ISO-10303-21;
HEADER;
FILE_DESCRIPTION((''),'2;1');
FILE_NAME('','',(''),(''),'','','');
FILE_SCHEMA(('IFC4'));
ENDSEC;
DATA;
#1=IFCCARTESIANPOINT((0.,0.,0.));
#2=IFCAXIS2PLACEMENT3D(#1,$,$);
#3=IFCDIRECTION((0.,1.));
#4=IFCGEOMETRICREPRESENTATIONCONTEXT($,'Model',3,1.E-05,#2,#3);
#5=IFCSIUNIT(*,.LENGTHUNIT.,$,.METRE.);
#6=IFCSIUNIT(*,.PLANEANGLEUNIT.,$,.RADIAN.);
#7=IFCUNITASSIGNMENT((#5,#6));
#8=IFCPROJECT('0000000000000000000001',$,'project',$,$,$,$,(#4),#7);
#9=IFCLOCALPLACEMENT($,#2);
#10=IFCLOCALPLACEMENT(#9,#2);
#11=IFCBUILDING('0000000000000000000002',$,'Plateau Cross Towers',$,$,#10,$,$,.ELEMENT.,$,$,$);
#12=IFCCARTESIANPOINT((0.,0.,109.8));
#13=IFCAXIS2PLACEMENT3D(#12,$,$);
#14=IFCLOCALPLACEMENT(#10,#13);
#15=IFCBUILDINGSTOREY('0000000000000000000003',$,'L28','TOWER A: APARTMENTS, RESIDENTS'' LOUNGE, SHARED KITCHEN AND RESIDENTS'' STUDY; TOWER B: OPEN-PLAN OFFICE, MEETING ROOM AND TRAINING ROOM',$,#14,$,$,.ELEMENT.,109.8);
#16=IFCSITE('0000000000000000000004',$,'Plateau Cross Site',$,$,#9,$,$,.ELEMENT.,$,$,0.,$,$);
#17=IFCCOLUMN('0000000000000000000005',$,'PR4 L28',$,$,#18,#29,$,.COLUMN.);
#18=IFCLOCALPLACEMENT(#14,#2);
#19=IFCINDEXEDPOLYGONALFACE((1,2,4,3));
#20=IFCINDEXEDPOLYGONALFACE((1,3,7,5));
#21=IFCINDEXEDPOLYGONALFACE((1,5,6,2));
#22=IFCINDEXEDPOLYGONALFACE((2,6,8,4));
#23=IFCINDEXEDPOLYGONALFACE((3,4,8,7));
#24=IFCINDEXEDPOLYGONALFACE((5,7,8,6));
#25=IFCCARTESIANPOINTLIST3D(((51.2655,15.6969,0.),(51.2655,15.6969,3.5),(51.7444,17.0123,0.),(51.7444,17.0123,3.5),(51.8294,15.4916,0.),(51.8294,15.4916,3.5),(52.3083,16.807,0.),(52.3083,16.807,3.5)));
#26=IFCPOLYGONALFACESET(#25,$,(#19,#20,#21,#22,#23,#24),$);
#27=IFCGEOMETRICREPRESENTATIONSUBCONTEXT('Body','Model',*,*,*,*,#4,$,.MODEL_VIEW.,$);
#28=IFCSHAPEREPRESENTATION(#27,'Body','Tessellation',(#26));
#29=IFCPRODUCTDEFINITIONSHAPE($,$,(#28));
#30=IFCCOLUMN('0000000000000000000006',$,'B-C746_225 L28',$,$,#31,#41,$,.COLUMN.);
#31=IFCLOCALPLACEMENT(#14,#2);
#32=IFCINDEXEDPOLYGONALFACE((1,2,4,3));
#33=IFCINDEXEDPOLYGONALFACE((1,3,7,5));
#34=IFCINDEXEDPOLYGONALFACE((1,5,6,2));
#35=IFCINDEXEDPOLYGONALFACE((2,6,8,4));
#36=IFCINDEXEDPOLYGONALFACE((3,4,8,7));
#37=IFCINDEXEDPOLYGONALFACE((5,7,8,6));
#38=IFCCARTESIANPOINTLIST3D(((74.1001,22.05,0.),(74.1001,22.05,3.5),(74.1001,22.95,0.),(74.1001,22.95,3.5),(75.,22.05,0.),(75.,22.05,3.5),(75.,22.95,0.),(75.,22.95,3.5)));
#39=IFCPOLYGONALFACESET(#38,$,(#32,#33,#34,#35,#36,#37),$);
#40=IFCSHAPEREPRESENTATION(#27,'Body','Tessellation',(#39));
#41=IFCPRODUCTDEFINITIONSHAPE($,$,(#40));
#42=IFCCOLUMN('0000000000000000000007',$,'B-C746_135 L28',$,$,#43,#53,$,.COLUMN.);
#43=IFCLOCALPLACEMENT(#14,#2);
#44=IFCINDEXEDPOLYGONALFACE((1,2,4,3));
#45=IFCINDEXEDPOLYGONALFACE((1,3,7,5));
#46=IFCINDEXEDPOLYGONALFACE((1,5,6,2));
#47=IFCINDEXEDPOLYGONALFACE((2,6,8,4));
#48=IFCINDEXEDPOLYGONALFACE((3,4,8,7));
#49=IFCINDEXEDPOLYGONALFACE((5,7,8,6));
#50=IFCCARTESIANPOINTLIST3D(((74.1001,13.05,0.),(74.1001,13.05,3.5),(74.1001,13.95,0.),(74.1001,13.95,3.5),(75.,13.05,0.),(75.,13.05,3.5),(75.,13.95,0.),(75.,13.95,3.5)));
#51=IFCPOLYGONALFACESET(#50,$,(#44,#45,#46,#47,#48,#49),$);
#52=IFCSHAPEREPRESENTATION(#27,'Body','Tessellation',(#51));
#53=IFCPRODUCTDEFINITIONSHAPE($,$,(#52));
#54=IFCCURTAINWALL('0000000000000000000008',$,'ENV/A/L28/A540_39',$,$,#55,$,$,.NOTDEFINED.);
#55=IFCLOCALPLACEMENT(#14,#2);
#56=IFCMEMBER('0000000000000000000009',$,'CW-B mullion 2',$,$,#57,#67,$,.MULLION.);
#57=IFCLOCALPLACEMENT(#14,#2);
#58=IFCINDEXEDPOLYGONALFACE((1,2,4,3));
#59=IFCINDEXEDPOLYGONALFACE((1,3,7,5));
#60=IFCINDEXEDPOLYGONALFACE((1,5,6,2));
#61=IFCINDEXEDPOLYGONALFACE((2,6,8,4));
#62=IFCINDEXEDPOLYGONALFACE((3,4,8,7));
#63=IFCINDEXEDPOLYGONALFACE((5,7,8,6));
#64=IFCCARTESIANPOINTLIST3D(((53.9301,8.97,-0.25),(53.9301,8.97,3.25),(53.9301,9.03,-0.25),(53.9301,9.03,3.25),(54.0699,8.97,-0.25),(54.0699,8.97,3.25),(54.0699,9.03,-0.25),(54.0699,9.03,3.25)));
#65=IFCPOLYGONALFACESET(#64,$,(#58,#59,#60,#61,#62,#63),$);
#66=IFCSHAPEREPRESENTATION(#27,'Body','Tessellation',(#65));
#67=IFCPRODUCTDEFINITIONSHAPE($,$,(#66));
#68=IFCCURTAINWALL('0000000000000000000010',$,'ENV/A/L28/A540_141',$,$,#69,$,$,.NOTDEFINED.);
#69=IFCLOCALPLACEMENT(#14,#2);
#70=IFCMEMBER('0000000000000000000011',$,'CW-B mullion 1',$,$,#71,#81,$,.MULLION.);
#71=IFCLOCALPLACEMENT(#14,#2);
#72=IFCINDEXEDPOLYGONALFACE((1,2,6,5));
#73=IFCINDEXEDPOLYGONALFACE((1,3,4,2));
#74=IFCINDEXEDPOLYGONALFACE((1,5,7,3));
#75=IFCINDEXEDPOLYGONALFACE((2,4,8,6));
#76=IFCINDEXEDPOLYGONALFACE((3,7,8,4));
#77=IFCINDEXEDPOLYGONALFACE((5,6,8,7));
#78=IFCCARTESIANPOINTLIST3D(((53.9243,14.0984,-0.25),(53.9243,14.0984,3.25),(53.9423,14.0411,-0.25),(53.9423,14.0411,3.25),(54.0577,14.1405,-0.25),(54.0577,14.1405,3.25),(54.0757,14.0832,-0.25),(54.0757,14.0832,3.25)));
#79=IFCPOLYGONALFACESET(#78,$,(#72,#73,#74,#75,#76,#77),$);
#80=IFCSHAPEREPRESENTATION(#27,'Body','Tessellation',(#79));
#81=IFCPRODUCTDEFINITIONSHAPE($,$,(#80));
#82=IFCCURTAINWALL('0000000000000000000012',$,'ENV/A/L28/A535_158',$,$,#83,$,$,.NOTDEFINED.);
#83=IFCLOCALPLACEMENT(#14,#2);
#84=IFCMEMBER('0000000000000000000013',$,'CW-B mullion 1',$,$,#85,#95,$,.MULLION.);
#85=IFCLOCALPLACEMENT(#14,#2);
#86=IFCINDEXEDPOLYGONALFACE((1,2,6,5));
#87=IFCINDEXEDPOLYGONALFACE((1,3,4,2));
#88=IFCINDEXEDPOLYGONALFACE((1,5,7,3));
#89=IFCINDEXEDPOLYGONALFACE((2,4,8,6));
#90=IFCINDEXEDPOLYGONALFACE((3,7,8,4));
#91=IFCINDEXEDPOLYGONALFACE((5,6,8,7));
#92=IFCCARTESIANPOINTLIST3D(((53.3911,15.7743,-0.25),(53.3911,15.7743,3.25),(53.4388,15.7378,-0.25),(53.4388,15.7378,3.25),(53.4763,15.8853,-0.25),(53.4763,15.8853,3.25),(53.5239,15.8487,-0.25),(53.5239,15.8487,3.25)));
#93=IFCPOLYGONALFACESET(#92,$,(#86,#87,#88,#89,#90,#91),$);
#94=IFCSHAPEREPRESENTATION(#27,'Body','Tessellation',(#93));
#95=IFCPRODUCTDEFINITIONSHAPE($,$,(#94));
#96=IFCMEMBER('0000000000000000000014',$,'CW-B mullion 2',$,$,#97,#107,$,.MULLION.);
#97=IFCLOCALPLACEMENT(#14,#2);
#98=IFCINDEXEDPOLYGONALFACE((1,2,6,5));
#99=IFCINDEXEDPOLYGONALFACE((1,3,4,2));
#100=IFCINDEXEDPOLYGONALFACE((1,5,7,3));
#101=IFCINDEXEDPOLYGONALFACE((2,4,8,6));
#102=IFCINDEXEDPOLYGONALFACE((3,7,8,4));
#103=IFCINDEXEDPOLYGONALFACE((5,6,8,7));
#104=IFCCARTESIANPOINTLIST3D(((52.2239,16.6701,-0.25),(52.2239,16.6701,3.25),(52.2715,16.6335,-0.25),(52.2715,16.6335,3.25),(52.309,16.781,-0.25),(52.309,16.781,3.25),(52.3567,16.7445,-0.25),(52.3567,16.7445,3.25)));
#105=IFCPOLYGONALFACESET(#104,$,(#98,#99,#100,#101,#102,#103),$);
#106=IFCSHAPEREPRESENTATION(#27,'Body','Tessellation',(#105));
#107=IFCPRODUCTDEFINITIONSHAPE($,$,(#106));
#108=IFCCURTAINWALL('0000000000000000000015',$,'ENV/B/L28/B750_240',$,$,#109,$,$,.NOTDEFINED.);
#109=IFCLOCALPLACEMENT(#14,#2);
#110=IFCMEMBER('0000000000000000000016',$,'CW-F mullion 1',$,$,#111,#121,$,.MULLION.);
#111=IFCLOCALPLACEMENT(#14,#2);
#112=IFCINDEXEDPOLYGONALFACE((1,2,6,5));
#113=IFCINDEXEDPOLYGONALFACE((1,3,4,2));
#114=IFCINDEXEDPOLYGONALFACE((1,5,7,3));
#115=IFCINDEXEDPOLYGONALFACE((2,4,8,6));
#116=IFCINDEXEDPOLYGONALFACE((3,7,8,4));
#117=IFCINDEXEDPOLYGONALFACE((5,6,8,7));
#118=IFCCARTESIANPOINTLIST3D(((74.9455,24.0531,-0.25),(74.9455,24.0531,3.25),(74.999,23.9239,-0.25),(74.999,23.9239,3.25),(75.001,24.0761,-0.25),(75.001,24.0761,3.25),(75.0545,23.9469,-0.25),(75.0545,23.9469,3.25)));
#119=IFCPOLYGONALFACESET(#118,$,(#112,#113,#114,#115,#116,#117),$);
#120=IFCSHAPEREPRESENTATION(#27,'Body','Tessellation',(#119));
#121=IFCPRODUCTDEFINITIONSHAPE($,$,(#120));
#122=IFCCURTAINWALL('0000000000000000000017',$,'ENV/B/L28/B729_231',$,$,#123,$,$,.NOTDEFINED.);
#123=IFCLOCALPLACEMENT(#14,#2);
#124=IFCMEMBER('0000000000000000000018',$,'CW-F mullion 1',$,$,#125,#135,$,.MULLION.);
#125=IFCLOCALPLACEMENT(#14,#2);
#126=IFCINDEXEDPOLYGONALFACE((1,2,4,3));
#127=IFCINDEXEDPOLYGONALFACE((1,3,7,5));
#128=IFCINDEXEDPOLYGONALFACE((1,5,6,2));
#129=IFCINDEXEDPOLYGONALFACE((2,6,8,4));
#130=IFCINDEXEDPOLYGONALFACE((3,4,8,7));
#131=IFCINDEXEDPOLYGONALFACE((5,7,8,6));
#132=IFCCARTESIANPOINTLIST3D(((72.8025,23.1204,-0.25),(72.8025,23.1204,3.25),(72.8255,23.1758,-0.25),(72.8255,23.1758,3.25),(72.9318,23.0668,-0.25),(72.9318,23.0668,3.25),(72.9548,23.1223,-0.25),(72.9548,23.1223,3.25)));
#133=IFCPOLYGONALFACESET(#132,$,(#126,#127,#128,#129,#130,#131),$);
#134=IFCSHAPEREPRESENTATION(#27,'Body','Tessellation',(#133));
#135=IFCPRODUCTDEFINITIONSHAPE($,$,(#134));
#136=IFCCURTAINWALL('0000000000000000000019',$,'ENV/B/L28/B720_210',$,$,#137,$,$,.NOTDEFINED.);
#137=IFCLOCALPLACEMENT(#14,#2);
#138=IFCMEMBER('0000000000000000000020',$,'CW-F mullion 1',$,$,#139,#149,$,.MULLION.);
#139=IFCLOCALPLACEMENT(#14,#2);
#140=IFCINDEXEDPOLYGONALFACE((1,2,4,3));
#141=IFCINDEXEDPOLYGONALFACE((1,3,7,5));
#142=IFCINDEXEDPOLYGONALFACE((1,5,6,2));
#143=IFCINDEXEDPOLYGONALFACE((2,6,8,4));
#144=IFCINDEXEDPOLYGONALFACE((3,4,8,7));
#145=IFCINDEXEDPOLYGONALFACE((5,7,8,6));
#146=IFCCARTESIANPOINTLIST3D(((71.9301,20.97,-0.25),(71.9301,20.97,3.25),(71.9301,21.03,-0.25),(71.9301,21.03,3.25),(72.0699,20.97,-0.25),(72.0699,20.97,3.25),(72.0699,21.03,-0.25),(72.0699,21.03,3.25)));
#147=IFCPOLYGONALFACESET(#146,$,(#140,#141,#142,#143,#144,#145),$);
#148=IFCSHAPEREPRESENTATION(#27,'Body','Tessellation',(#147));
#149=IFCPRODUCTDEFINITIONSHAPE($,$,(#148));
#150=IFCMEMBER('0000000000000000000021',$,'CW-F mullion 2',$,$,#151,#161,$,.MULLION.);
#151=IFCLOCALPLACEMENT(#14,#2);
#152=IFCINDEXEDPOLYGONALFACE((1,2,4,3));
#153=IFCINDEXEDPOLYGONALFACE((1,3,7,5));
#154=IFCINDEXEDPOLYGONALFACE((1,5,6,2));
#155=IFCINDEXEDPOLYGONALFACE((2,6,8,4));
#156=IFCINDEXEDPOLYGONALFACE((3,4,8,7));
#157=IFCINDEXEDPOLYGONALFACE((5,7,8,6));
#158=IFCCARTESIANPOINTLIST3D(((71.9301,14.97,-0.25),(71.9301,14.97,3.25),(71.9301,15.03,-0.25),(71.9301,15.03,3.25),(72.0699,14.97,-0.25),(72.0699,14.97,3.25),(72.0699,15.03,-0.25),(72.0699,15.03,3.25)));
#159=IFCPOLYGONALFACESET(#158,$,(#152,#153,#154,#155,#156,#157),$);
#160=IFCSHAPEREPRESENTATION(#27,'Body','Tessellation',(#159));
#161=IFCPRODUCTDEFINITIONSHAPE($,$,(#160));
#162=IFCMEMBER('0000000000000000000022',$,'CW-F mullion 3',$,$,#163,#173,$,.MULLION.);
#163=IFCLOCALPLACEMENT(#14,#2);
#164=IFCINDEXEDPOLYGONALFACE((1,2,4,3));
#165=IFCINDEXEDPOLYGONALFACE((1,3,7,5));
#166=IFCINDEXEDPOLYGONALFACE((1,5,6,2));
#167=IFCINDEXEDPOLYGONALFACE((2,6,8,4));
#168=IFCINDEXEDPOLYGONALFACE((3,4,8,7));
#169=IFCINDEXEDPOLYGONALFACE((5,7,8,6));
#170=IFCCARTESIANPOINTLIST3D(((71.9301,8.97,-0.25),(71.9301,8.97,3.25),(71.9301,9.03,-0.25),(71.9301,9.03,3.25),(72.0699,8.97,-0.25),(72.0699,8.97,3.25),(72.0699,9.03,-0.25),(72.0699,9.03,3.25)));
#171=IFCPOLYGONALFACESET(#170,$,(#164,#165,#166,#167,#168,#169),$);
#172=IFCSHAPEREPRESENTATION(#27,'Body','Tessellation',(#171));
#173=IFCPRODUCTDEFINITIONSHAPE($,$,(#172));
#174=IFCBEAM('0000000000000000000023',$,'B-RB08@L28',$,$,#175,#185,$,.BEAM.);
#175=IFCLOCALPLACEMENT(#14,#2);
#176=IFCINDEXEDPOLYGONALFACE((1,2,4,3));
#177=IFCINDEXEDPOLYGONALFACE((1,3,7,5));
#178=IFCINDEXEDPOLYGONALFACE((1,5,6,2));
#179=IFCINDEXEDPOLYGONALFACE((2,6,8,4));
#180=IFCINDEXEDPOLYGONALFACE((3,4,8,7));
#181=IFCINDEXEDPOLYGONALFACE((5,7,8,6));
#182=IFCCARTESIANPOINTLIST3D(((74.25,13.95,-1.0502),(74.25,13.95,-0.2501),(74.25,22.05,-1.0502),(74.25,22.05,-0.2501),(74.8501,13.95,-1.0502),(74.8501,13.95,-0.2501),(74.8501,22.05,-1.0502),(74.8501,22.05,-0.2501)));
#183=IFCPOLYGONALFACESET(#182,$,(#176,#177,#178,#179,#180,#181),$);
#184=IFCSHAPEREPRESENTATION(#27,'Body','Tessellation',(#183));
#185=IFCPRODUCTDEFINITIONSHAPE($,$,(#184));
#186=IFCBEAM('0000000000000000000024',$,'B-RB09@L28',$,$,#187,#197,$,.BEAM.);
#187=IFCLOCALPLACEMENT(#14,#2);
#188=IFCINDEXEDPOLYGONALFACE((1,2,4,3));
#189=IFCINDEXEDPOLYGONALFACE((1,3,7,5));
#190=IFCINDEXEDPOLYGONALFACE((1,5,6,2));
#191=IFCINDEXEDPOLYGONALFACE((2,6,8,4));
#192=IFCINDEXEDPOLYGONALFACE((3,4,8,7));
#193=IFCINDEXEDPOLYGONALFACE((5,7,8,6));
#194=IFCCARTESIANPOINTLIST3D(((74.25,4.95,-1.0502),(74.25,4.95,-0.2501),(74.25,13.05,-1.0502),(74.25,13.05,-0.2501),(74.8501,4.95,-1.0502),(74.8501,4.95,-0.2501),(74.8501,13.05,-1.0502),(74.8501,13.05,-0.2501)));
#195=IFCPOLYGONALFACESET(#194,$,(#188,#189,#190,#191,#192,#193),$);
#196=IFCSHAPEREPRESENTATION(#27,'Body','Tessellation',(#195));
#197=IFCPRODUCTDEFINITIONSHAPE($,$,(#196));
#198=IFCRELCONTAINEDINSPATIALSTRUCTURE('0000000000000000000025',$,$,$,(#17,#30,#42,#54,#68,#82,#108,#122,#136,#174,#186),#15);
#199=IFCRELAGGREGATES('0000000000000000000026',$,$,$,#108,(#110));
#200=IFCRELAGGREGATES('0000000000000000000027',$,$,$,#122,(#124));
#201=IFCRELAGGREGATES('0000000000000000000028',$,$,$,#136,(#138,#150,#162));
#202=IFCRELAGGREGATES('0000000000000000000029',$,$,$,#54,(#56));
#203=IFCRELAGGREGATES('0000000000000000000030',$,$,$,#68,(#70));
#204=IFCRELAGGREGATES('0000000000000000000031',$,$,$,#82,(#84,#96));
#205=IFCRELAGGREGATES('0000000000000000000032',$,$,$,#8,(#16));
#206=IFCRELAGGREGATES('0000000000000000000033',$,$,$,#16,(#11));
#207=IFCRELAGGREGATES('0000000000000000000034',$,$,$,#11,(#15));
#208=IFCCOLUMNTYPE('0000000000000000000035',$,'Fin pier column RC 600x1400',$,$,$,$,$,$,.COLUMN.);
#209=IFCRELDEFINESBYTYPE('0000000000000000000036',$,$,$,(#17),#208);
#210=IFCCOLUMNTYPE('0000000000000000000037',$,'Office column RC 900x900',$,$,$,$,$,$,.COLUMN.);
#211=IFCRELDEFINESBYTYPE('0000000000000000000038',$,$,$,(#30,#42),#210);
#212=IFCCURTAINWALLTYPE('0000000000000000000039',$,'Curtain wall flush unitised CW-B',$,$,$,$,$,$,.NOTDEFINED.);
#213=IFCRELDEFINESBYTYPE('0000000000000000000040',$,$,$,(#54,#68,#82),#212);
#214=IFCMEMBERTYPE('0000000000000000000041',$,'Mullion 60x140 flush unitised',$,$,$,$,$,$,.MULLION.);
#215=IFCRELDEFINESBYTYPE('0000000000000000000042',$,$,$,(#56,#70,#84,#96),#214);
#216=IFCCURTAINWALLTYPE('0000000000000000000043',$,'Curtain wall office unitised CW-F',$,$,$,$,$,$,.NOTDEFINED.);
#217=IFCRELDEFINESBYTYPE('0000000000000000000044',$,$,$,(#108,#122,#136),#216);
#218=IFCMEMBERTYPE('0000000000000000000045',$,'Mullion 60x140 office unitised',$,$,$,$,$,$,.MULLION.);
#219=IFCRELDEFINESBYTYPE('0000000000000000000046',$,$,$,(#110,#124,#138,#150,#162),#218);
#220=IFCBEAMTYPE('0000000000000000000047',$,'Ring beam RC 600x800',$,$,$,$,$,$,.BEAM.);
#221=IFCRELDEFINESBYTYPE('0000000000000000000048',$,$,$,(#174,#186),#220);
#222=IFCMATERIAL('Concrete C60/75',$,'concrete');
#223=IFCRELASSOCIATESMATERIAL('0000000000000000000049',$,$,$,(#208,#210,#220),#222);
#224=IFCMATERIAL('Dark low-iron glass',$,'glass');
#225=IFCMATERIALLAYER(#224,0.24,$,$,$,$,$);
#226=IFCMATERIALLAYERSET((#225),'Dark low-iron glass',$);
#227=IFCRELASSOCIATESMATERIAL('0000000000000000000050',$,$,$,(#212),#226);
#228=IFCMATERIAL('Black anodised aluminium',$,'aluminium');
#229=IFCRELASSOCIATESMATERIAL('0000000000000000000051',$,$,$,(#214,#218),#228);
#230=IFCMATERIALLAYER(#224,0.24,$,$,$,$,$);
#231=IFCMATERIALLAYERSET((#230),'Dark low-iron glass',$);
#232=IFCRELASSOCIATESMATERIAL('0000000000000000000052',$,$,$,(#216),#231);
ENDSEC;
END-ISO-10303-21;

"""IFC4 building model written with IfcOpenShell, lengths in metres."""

from ifc_helpers import new_model, si_unit, direction, frame, origin, origin_2d, place, context, subcontext, project, spatial, rectangle, extrude, material, layer, layer_set, material_profile, profile_set, type_object, element, aggregate, save


model = new_model("IFC4")

# Units and contexts
model_context = context("Model", 3, precision=1e-05, world=origin(), true_north=direction((0.0, 1.0)))
body_context = subcontext(model_context, "Body", "Model", "MODEL_VIEW")
ifc_project = project(units=[si_unit("LENGTHUNIT", "METRE"), si_unit("PLANEANGLEUNIT", "RADIAN")], contexts=[model_context])

# Site, building, storey
site_placement = place(None, origin())
site = spatial("IfcSite", under=ifc_project, at=site_placement, Name="Plateau Cross Site", CompositionType="ELEMENT", RefElevation=0.0)
building_placement = place(site_placement, origin())
building = spatial("IfcBuilding", under=site, at=building_placement, Name="Plateau Cross Towers", CompositionType="ELEMENT")
storey_placement = place(building_placement, frame((0.0, 0.0, 109.8)))
storey = spatial("IfcBuildingStorey", under=building, at=storey_placement, Name="L28", Description="TOWER A: APARTMENTS, RESIDENTS' LOUNGE, SHARED KITCHEN AND RESIDENTS' STUDY; TOWER B: OPEN-PLAN OFFICE, MEETING ROOM AND TRAINING ROOM", CompositionType="ELEMENT", Elevation=109.8)

# Columns
ifc_material_1 = material(Name="Concrete C60/75", Category="concrete")
ifc_material_profile_1 = material_profile(ifc_material_1, rectangle(XDim=0.6001, YDim=1.3999, at=origin_2d()), Name="RC 600x1400")
ifc_profile_set_1 = profile_set([ifc_material_profile_1], Name="Concrete C60/75")
column_type_1 = type_object("IfcColumnType", Name="Fin pier column RC 600x1400", PredefinedType="COLUMN", material=ifc_profile_set_1)
column_placement = place(storey_placement, frame((51.7869, 16.252, 0.0), z_axis=(0.0, 0.0, 1.0), x_axis=(-0.939664, 0.342098, 0.0)))
element("IfcColumn", 1, at=column_placement, inside=storey, type_object=column_type_1, Name="PR4 L28", PredefinedType="COLUMN", context=body_context, shape_type="SweptSolid", body=[
    extrude(rectangle(XDim=0.6001, YDim=1.3999, at=origin_2d()), origin(), (0.0, 0.0, 1.0), 3.5),
])
ifc_material_profile_2 = material_profile(ifc_material_1, rectangle(XDim=0.8999, YDim=0.8999, at=origin_2d()), Name="RC 900x900")
ifc_profile_set_2 = profile_set([ifc_material_profile_2], Name="Concrete C60/75")
column_type_2 = type_object("IfcColumnType", Name="Office column RC 900x900", PredefinedType="COLUMN", material=ifc_profile_set_2)
for number, where, z_axis, x_axis, name in (
    (2, (74.55, 22.5, 0.0), (0.0, 0.0, 1.0), (1.0, 0.0, 0.0), "B-C746_225 L28"),
    (3, (74.55, 13.5, 0.0), (0.0, 0.0, 1.0), (1.0, 0.0, 0.0), "B-C746_135 L28"),
):
    element("IfcColumn", number, at=place(storey_placement, frame(where, z_axis=z_axis, x_axis=x_axis)), inside=storey, type_object=column_type_2, Name=name, PredefinedType="COLUMN", context=body_context, shape_type="SweptSolid", body=[
        extrude(rectangle(XDim=0.8999, YDim=0.8999, at=origin_2d()), origin(), (0.0, 0.0, 1.0), 3.5),
    ])

# Curtain walls, members
ifc_material_2 = material(Name="Dark low-iron glass", Category="glass")
ifc_layer_1 = layer(ifc_material_2, 0.24)
ifc_layer_set_1 = layer_set([ifc_layer_1], Name="Dark low-iron glass")
curtain_wall_type_1 = type_object("IfcCurtainWallType", Name="Curtain wall flush unitised CW-B", PredefinedType="NOTDEFINED", material=ifc_layer_set_1)
curtain_wall_1_placement = place(storey_placement, origin())
curtain_wall_1 = element("IfcCurtainWall", 4, at=curtain_wall_1_placement, inside=storey, type_object=curtain_wall_type_1, Name="ENV/A/L28/A540_39", PredefinedType="NOTDEFINED")
ifc_material_3 = material(Name="Black anodised aluminium", Category="aluminium")
ifc_material_profile_3 = material_profile(ifc_material_3, rectangle(XDim=0.0601, YDim=0.1399, at=origin_2d()), Name="MULLION 60x140")
ifc_profile_set_3 = profile_set([ifc_material_profile_3], Name="Black anodised aluminium")
member_type_1 = type_object("IfcMemberType", Name="Mullion 60x140 flush unitised", PredefinedType="MULLION", material=ifc_profile_set_3)
member_1_placement = place(storey_placement, frame((54.0, 9.0, -0.25), z_axis=(0.0, 0.0, 1.0), x_axis=(0.0, 1.0, 0.0)))
member_1 = element("IfcMember", 5, at=member_1_placement, type_object=member_type_1, Name="CW-B mullion 2", PredefinedType="MULLION", context=body_context, shape_type="SweptSolid", body=[
    extrude(rectangle(XDim=0.0601, YDim=0.1399, at=origin_2d()), origin(), (0.0, 0.0, 1.0), 3.5),
])
curtain_wall_2_placement = place(storey_placement, origin())
curtain_wall_2 = element("IfcCurtainWall", 6, at=curtain_wall_2_placement, inside=storey, type_object=curtain_wall_type_1, Name="ENV/A/L28/A540_141", PredefinedType="NOTDEFINED")
member_2_placement = place(storey_placement, frame((54.0, 14.0908, -0.25), z_axis=(0.0, 0.0, 1.0), x_axis=(-0.300686, 0.953723, 0.0)))
member_2 = element("IfcMember", 7, at=member_2_placement, type_object=member_type_1, Name="CW-B mullion 1", PredefinedType="MULLION", context=body_context, shape_type="SweptSolid", body=[
    extrude(rectangle(XDim=0.0601, YDim=0.1399, at=origin_2d()), origin(), (0.0, 0.0, 1.0), 3.5),
])

# Curtain wall, members
curtain_wall_3_placement = place(storey_placement, origin())
curtain_wall_3 = element("IfcCurtainWall", 8, at=curtain_wall_3_placement, inside=storey, type_object=curtain_wall_type_1, Name="ENV/A/L28/A535_158", PredefinedType="NOTDEFINED")
member_3_placement = place(storey_placement, frame((53.4575, 15.8115, -0.25), z_axis=(0.0, 0.0, 1.0), x_axis=(-0.793316, 0.608811, 0.0)))
member_3 = element("IfcMember", 9, at=member_3_placement, type_object=member_type_1, Name="CW-B mullion 1", PredefinedType="MULLION", context=body_context, shape_type="SweptSolid", body=[
    extrude(rectangle(XDim=0.0601, YDim=0.1399, at=origin_2d()), origin(), (0.0, 0.0, 1.0), 3.5),
])
member_4_placement = place(storey_placement, frame((52.2903, 16.7073, -0.25), z_axis=(0.0, 0.0, 1.0), x_axis=(-0.793316, 0.608811, 0.0)))
member_4 = element("IfcMember", 10, at=member_4_placement, type_object=member_type_1, Name="CW-B mullion 2", PredefinedType="MULLION", context=body_context, shape_type="SweptSolid", body=[
    extrude(rectangle(XDim=0.0601, YDim=0.1399, at=origin_2d()), origin(), (0.0, 0.0, 1.0), 3.5),
])

# Curtain walls, members
ifc_layer_2 = layer(ifc_material_2, 0.24)
ifc_layer_set_2 = layer_set([ifc_layer_2], Name="Dark low-iron glass")
curtain_wall_type_2 = type_object("IfcCurtainWallType", Name="Curtain wall office unitised CW-F", PredefinedType="NOTDEFINED", material=ifc_layer_set_2)
curtain_wall_4_placement = place(storey_placement, origin())
curtain_wall_4 = element("IfcCurtainWall", 11, at=curtain_wall_4_placement, inside=storey, type_object=curtain_wall_type_2, Name="ENV/B/L28/B750_240", PredefinedType="NOTDEFINED")
ifc_material_profile_4 = material_profile(ifc_material_3, rectangle(XDim=0.0601, YDim=0.1399, at=origin_2d()), Name="MULLION 60x140")
ifc_profile_set_4 = profile_set([ifc_material_profile_4], Name="Black anodised aluminium")
member_type_2 = type_object("IfcMemberType", Name="Mullion 60x140 office unitised", PredefinedType="MULLION", material=ifc_profile_set_4)
member_5_placement = place(storey_placement, frame((75.0, 24.0, -0.25), z_axis=(0.0, 0.0, 1.0), x_axis=(-0.923879, -0.382684, 0.0)))
member_5 = element("IfcMember", 12, at=member_5_placement, type_object=member_type_2, Name="CW-F mullion 1", PredefinedType="MULLION", context=body_context, shape_type="SweptSolid", body=[
    extrude(rectangle(XDim=0.0601, YDim=0.1399, at=origin_2d()), origin(), (0.0, 0.0, 1.0), 3.5),
])
curtain_wall_5_placement = place(storey_placement, origin())
curtain_wall_5 = element("IfcCurtainWall", 13, at=curtain_wall_5_placement, inside=storey, type_object=curtain_wall_type_2, Name="ENV/B/L28/B729_231", PredefinedType="NOTDEFINED")
member_6_placement = place(storey_placement, frame((72.8787, 23.1213, -0.25), z_axis=(0.0, 0.0, 1.0), x_axis=(-0.382684, -0.923879, 0.0)))
member_6 = element("IfcMember", 14, at=member_6_placement, type_object=member_type_2, Name="CW-F mullion 1", PredefinedType="MULLION", context=body_context, shape_type="SweptSolid", body=[
    extrude(rectangle(XDim=0.0601, YDim=0.1399, at=origin_2d()), origin(), (0.0, 0.0, 1.0), 3.5),
])

# Curtain wall, members
curtain_wall_6_placement = place(storey_placement, origin())
curtain_wall_6 = element("IfcCurtainWall", 15, at=curtain_wall_6_placement, inside=storey, type_object=curtain_wall_type_2, Name="ENV/B/L28/B720_210", PredefinedType="NOTDEFINED")
member_7_placement = place(storey_placement, frame((72.0, 21.0, -0.25), z_axis=(0.0, 0.0, 1.0), x_axis=(0.0, -1.0, 0.0)))
member_7 = element("IfcMember", 16, at=member_7_placement, type_object=member_type_2, Name="CW-F mullion 1", PredefinedType="MULLION", context=body_context, shape_type="SweptSolid", body=[
    extrude(rectangle(XDim=0.0601, YDim=0.1399, at=origin_2d()), origin(), (0.0, 0.0, 1.0), 3.5),
])
member_8_placement = place(storey_placement, frame((72.0, 15.0, -0.25), z_axis=(0.0, 0.0, 1.0), x_axis=(0.0, -1.0, 0.0)))
member_8 = element("IfcMember", 17, at=member_8_placement, type_object=member_type_2, Name="CW-F mullion 2", PredefinedType="MULLION", context=body_context, shape_type="SweptSolid", body=[
    extrude(rectangle(XDim=0.0601, YDim=0.1399, at=origin_2d()), origin(), (0.0, 0.0, 1.0), 3.5),
])
member_9_placement = place(storey_placement, frame((72.0, 9.0, -0.25), z_axis=(0.0, 0.0, 1.0), x_axis=(0.0, -1.0, 0.0)))
member_9 = element("IfcMember", 18, at=member_9_placement, type_object=member_type_2, Name="CW-F mullion 3", PredefinedType="MULLION", context=body_context, shape_type="SweptSolid", body=[
    extrude(rectangle(XDim=0.0601, YDim=0.1399, at=origin_2d()), origin(), (0.0, 0.0, 1.0), 3.5),
])

# Beams
ifc_material_profile_5 = material_profile(ifc_material_1, rectangle(XDim=0.6001, YDim=0.8, at=origin_2d()), Name="RC 600x800")
ifc_profile_set_5 = profile_set([ifc_material_profile_5], Name="Concrete C60/75")
beam_type = type_object("IfcBeamType", Name="Ring beam RC 600x800", PredefinedType="BEAM", material=ifc_profile_set_5)
for number, where, z_axis, x_axis, name in (
    (19, (74.55, 22.05, -0.6501), (0.0, -1.0, 0.0), (1.0, 0.0, 0.0), "B-RB08@L28"),
    (20, (74.55, 13.05, -0.6501), (0.0, -1.0, 0.0), (1.0, 0.0, 0.0), "B-RB09@L28"),
):
    element("IfcBeam", number, at=place(storey_placement, frame(where, z_axis=z_axis, x_axis=x_axis)), inside=storey, type_object=beam_type, Name=name, PredefinedType="BEAM", context=body_context, shape_type="SweptSolid", body=[
        extrude(rectangle(XDim=0.6001, YDim=0.8, at=origin_2d()), origin(), (0.0, 0.0, 1.0), 8.1001),
    ])

aggregate(curtain_wall_4, [member_5])
aggregate(curtain_wall_5, [member_6])
aggregate(curtain_wall_6, [member_7, member_8, member_9])
aggregate(curtain_wall_1, [member_1])
aggregate(curtain_wall_2, [member_2])
aggregate(curtain_wall_3, [member_3, member_4])

save(model, "model.ifc")
